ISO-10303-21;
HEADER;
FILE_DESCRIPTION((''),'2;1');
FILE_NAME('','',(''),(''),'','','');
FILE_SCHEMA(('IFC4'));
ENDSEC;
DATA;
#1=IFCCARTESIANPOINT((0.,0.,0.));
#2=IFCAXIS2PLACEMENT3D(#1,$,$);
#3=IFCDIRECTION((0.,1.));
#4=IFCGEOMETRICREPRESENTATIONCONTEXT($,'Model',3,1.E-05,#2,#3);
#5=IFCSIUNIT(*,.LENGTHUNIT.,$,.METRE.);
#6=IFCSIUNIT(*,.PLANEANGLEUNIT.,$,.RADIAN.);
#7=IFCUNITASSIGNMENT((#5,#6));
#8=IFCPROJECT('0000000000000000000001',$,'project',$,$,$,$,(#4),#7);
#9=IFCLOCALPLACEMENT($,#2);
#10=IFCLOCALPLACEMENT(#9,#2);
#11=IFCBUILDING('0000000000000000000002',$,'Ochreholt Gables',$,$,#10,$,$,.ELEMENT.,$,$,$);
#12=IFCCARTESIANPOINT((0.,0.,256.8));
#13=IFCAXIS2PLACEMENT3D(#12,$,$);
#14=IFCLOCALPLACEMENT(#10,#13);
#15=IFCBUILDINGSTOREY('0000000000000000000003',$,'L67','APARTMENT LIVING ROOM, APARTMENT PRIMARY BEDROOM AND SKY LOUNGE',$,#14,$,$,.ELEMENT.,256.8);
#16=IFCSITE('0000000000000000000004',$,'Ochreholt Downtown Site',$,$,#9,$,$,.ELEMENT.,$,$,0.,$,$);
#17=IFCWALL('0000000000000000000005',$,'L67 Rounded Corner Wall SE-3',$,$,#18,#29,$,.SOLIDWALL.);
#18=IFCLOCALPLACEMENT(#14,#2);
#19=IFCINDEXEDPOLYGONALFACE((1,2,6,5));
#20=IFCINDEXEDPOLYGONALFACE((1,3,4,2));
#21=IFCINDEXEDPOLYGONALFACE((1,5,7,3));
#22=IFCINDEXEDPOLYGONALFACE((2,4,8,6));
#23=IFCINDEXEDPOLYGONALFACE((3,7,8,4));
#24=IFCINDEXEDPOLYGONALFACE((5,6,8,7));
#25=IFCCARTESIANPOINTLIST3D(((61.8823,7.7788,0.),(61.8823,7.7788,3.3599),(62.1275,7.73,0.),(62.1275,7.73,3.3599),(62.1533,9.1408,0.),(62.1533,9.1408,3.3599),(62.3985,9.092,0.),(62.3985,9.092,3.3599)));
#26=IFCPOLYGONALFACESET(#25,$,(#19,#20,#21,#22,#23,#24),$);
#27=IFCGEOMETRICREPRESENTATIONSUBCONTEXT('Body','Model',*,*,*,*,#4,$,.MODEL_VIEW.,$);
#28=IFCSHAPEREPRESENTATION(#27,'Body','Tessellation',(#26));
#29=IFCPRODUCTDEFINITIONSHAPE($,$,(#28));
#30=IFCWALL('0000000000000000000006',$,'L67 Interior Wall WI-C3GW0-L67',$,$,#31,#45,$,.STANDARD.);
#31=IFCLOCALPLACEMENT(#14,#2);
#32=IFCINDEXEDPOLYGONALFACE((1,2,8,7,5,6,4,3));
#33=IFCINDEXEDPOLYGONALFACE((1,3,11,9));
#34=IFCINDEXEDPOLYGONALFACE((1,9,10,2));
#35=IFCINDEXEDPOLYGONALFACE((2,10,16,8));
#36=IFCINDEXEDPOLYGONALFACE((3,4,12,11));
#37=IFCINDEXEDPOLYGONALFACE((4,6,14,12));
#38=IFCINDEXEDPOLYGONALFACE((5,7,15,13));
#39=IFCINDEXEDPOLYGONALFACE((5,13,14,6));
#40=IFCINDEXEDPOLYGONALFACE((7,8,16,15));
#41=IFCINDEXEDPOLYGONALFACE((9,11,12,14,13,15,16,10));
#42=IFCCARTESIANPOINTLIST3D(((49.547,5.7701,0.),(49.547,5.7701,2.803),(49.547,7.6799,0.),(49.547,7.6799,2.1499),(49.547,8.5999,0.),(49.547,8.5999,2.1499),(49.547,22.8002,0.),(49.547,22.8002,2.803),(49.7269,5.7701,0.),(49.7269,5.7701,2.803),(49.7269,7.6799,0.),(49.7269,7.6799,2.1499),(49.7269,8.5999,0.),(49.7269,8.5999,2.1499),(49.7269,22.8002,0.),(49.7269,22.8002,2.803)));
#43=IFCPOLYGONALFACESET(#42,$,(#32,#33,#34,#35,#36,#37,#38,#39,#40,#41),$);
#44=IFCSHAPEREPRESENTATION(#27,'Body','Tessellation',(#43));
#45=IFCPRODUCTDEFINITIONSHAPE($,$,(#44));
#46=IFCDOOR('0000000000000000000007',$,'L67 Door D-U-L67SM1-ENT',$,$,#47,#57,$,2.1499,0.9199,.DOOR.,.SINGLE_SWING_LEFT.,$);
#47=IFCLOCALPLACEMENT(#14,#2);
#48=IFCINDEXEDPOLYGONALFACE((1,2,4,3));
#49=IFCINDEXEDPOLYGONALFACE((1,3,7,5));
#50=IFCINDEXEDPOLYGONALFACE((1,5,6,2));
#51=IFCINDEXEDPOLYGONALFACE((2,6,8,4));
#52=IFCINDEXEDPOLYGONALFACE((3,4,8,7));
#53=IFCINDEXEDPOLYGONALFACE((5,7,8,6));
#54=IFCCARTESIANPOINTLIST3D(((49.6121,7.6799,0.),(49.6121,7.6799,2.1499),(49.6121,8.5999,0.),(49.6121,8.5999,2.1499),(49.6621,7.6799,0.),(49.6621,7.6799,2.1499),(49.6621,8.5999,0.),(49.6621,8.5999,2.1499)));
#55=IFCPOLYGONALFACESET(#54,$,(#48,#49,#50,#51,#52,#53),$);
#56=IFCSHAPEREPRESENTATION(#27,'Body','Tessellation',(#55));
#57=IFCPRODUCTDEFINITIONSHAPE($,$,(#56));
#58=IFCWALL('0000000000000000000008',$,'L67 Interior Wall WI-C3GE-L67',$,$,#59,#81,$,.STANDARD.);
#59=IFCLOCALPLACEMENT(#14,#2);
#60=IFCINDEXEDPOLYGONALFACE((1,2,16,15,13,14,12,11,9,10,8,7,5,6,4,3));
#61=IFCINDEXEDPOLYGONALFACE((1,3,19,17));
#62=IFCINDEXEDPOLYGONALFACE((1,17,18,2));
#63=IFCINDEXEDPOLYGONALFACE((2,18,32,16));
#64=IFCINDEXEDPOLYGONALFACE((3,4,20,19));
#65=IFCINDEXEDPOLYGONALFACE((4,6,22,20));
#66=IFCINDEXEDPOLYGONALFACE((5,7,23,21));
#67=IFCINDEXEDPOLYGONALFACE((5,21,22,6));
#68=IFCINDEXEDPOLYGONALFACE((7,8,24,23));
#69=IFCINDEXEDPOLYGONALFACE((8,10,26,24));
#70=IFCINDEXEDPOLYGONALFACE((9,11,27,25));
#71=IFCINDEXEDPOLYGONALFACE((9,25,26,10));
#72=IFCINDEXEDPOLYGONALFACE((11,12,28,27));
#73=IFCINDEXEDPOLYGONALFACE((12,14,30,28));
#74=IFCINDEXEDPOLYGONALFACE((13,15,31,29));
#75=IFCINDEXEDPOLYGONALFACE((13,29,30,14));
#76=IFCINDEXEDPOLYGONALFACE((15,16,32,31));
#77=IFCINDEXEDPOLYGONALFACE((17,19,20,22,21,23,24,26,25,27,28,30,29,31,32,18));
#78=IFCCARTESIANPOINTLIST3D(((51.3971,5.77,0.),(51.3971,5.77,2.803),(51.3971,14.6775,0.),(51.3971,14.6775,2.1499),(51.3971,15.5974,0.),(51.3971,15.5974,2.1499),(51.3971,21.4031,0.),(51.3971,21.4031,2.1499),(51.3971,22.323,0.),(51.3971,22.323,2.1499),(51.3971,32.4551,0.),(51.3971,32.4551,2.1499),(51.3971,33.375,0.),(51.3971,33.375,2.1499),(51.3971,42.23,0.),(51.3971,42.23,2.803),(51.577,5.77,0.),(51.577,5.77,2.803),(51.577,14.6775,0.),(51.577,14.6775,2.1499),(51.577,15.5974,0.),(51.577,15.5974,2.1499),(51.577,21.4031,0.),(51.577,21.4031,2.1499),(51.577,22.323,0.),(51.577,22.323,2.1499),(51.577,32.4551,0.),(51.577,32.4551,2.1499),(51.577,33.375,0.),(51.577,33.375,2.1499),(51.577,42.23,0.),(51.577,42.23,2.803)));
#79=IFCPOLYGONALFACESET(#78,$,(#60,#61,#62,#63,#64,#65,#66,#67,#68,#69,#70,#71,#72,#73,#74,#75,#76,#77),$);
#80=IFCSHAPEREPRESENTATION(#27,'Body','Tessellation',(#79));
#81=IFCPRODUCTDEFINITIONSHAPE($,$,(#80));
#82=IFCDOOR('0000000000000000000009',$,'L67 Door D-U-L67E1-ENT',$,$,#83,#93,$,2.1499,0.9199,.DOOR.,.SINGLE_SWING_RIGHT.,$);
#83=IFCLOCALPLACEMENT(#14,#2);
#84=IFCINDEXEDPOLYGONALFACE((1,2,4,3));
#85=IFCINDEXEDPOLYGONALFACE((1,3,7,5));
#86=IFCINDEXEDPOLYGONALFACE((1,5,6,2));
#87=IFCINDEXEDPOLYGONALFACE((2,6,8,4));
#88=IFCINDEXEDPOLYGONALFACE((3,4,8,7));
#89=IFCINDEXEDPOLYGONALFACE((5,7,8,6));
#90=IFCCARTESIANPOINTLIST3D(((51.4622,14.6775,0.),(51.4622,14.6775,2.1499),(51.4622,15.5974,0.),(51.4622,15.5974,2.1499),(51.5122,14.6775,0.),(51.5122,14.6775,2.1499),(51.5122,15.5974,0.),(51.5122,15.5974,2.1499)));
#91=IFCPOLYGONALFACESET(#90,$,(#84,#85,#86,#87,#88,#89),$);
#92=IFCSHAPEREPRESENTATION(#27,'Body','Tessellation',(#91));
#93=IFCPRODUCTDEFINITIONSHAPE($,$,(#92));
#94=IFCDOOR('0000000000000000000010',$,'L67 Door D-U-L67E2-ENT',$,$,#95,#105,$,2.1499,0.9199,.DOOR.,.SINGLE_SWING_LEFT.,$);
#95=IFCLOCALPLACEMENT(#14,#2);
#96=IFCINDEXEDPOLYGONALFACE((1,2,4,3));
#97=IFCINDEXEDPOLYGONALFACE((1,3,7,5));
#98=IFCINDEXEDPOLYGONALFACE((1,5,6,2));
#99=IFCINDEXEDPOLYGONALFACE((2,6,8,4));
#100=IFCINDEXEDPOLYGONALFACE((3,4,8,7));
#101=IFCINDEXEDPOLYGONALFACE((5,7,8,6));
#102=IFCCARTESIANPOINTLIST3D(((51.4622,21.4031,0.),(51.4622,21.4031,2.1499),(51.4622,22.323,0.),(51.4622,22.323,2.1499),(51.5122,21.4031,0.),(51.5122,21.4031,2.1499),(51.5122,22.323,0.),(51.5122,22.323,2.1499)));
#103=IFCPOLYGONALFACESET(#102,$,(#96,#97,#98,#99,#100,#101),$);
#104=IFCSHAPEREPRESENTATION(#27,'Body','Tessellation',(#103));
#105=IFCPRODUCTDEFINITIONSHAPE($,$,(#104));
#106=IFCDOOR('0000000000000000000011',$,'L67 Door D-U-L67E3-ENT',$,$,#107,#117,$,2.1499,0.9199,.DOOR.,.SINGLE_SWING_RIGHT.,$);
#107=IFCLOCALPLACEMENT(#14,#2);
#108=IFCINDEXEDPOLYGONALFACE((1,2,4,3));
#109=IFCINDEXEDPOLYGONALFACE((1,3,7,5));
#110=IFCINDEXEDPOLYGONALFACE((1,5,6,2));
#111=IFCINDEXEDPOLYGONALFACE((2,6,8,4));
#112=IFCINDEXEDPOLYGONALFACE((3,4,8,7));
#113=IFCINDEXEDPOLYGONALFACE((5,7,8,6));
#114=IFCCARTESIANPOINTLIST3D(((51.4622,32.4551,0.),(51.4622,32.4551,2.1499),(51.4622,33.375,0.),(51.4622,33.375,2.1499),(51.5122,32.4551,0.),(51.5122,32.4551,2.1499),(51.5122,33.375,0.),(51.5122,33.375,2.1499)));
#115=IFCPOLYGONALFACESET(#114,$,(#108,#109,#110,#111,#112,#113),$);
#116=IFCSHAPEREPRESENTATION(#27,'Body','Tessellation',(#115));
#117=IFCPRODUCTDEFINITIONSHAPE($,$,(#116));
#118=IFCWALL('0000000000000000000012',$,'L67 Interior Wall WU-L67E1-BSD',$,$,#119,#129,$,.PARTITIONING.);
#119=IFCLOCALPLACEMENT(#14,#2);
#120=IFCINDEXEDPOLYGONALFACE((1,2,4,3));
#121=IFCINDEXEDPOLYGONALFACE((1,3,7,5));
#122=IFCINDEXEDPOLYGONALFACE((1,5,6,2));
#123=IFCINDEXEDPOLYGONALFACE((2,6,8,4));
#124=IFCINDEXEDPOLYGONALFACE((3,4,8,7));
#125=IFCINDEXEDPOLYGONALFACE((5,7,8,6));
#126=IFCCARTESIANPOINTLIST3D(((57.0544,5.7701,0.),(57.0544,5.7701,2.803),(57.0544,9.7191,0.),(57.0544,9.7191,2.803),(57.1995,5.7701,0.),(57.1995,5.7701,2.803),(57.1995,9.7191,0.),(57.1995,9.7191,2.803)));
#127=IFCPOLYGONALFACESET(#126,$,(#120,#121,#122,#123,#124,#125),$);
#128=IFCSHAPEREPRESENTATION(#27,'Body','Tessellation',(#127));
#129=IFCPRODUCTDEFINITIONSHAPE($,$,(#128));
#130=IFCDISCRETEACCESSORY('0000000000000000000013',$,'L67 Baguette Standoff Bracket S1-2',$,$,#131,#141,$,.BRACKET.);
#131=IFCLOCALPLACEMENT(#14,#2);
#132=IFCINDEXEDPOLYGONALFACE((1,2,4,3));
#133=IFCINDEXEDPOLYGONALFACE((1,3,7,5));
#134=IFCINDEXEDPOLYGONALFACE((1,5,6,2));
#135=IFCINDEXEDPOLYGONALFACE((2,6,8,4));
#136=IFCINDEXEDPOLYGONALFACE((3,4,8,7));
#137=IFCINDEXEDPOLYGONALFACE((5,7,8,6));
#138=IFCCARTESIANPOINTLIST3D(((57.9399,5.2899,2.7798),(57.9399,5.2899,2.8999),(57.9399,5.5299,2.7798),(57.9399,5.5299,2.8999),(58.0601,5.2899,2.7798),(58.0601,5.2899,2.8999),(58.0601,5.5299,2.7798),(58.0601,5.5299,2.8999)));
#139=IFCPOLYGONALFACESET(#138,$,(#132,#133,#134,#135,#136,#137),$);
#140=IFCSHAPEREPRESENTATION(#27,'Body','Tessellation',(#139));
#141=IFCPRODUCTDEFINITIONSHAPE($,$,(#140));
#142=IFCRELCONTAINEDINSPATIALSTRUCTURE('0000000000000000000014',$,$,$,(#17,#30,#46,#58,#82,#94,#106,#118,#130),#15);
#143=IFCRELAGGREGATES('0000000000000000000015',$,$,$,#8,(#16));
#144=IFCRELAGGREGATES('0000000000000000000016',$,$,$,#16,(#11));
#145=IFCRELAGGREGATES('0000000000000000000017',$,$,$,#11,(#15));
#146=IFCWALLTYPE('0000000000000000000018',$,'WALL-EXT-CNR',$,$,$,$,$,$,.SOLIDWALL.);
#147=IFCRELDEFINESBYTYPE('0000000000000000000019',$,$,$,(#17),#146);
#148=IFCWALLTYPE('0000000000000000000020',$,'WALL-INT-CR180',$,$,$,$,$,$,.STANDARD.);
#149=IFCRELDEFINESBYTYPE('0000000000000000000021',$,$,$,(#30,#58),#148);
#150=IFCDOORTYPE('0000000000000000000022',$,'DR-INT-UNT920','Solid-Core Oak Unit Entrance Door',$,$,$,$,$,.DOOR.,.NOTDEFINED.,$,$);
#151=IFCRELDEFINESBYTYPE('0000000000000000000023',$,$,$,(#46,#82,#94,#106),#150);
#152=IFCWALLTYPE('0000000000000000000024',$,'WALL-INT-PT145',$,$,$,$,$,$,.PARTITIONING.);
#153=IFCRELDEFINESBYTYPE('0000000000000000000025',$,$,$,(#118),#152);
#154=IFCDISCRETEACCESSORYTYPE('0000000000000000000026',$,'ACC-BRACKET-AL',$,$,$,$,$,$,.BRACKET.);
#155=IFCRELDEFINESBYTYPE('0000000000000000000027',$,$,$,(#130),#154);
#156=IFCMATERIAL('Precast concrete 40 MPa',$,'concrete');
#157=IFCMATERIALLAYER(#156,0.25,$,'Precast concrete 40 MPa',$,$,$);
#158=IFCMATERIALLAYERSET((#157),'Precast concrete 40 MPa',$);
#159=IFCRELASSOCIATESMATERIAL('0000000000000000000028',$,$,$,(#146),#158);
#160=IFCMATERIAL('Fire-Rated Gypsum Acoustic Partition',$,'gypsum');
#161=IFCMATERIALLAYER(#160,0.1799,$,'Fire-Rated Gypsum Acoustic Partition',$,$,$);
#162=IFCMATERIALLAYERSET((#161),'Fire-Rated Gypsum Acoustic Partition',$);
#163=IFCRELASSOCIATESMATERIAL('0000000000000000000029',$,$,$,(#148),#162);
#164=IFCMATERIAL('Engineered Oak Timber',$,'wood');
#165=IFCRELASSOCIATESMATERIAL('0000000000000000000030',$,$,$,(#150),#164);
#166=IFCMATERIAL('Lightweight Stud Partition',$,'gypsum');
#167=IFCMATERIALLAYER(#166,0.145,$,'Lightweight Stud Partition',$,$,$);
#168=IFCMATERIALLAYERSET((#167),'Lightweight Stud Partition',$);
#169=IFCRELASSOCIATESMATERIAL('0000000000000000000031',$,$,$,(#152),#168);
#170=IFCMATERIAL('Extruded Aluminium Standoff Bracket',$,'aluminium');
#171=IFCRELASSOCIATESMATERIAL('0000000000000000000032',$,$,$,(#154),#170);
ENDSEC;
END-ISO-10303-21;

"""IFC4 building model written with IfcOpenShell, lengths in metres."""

from ifc_helpers import new_model, si_unit, direction, frame, frame_2d, origin, origin_2d, place, context, subcontext, project, spatial, rectangle, extrude, material, layer, layer_set, type_object, element, fill, save


model = new_model("IFC4")

# Units and contexts
model_context = context("Model", 3, precision=1e-05, world=origin(), true_north=direction((0.0, 1.0)))
body_context = subcontext(model_context, "Body", "Model", "MODEL_VIEW")
ifc_project = project(units=[si_unit("LENGTHUNIT", "METRE"), si_unit("PLANEANGLEUNIT", "RADIAN")], contexts=[model_context])

# Site, building, storey
site_placement = place(None, origin())
site = spatial("IfcSite", under=ifc_project, at=site_placement, Name="Ochreholt Downtown Site", CompositionType="ELEMENT", RefElevation=0.0)
building_placement = place(site_placement, origin())
building = spatial("IfcBuilding", under=site, at=building_placement, Name="Ochreholt Gables", CompositionType="ELEMENT")
storey_placement = place(building_placement, frame((0.0, 0.0, 256.8)))
storey = spatial("IfcBuildingStorey", under=building, at=storey_placement, Name="L67", Description="APARTMENT LIVING ROOM, APARTMENT PRIMARY BEDROOM AND SKY LOUNGE", CompositionType="ELEMENT", Elevation=256.8)

# Shared definitions
ifc_material_1 = material(Name="Precast concrete 40 MPa", Category="concrete")

# Shared definitions
ifc_layer_1 = layer(ifc_material_1, 0.25, Name="Precast concrete 40 MPa")
ifc_layer_set_1 = layer_set([ifc_layer_1], Name="Precast concrete 40 MPa")
wall_type_1 = type_object("IfcWallType", Name="WALL-EXT-CNR", PredefinedType="SOLIDWALL", material=ifc_layer_set_1)

# Wall
wall_1_placement = place(storey_placement, frame((62.0049, 7.7544, 0.0), z_axis=(0.0, 0.0, 1.0), x_axis=(0.195136, 0.980776, 0.0)))
element("IfcWall", 1, at=wall_1_placement, inside=storey, type_object=wall_type_1, Name="L67 Rounded Corner Wall SE-3", PredefinedType="SOLIDWALL", context=body_context, shape_type="SweptSolid", body=[
    extrude(rectangle(XDim=1.3887, YDim=0.25, at=frame_2d((0.6943, 0.0))), origin(), (0.0, 0.0, 1.0), 3.3599),
])

# Wall, opening, door
ifc_material_2 = material(Name="Fire-Rated Gypsum Acoustic Partition", Category="gypsum")
ifc_layer_2 = layer(ifc_material_2, 0.1799, Name="Fire-Rated Gypsum Acoustic Partition")
ifc_layer_set_2 = layer_set([ifc_layer_2], Name="Fire-Rated Gypsum Acoustic Partition")
wall_type_2 = type_object("IfcWallType", Name="WALL-INT-CR180", PredefinedType="STANDARD", material=ifc_layer_set_2)
wall_2_placement = place(storey_placement, frame((49.637, 5.77, 0.0), z_axis=(0.0, 0.0, 1.0), x_axis=(0.0, 1.0, 0.0)))
wall_2 = element("IfcWall", 2, at=wall_2_placement, inside=storey, type_object=wall_type_2, Name="L67 Interior Wall WI-C3GW0-L67", PredefinedType="STANDARD", context=body_context, shape_type="SweptSolid", body=[
    extrude(rectangle(XDim=17.03, YDim=0.1799, at=frame_2d((8.5151, 0.0))), origin(), (0.0, 0.0, 1.0), 2.803),
])
opening_1_placement = place(wall_2_placement, frame((1.9099, 0.0, 0.0)))
opening_1 = element("IfcOpeningElement", 3, at=opening_1_placement, cuts=wall_2, PredefinedType="OPENING", context=body_context, shape_type="SweptSolid", body=[
    extrude(rectangle(XDim=0.9199, YDim=2.1499, at=frame_2d((0.46, 1.075))), frame((0.0, 0.0999, 0.0), z_axis=(0.0, -1.0, 0.0), x_axis=(1.0, 0.0, 0.0)), (0.0, 0.0, 1.0), 0.2),
])
ifc_material_3 = material(Name="Engineered Oak Timber", Category="wood")
door_type_1 = type_object("IfcDoorType", Name="DR-INT-UNT920", Description="Solid-Core Oak Unit Entrance Door", OperationType="NOTDEFINED", PredefinedType="DOOR", material=ifc_material_3)
door_1_placement = place(opening_1_placement, origin())
door_1 = element("IfcDoor", 4, at=door_1_placement, inside=storey, type_object=door_type_1, Name="L67 Door D-U-L67SM1-ENT", OperationType="SINGLE_SWING_LEFT", OverallHeight=2.1499, OverallWidth=0.9199, PredefinedType="DOOR", context=body_context, shape_type="SweptSolid", body=[
    extrude(rectangle(XDim=0.9199, YDim=2.1499, at=frame_2d((0.46, 1.075))), frame((0.0, 0.0249, 0.0), z_axis=(0.0, -1.0, 0.0), x_axis=(1.0, 0.0, 0.0)), (0.0, 0.0, 1.0), 0.05),
])
fill(opening_1, door_1)

# Wall, openings, doors
wall_3_placement = place(storey_placement, frame((51.4871, 5.77, 0.0), z_axis=(0.0, 0.0, 1.0), x_axis=(0.0, 1.0, 0.0)))
wall_3 = element("IfcWall", 5, at=wall_3_placement, inside=storey, type_object=wall_type_2, Name="L67 Interior Wall WI-C3GE-L67", PredefinedType="STANDARD", context=body_context, shape_type="SweptSolid", body=[
    extrude(rectangle(XDim=36.46, YDim=0.1799, at=frame_2d((18.23, 0.0))), origin(), (0.0, 0.0, 1.0), 2.803),
])
opening_2_placement = place(wall_3_placement, frame((8.9075, 0.0, 0.0)))
opening_2 = element("IfcOpeningElement", 6, at=opening_2_placement, cuts=wall_3, PredefinedType="OPENING", context=body_context, shape_type="SweptSolid", body=[
    extrude(rectangle(XDim=0.9199, YDim=2.1499, at=frame_2d((0.46, 1.075))), frame((0.0, 0.0999, 0.0), z_axis=(0.0, -1.0, 0.0), x_axis=(1.0, 0.0, 0.0)), (0.0, 0.0, 1.0), 0.2),
])
opening_3_placement = place(wall_3_placement, frame((15.6331, 0.0, 0.0)))
opening_3 = element("IfcOpeningElement", 7, at=opening_3_placement, cuts=wall_3, PredefinedType="OPENING", context=body_context, shape_type="SweptSolid", body=[
    extrude(rectangle(XDim=0.9199, YDim=2.1499, at=frame_2d((0.46, 1.075))), frame((0.0, 0.0999, 0.0), z_axis=(0.0, -1.0, 0.0), x_axis=(1.0, 0.0, 0.0)), (0.0, 0.0, 1.0), 0.2),
])
opening_4_placement = place(wall_3_placement, frame((26.6851, 0.0, 0.0)))
opening_4 = element("IfcOpeningElement", 8, at=opening_4_placement, cuts=wall_3, PredefinedType="OPENING", context=body_context, shape_type="SweptSolid", body=[
    extrude(rectangle(XDim=0.9199, YDim=2.1499, at=frame_2d((0.46, 1.075))), frame((0.0, 0.0999, 0.0), z_axis=(0.0, -1.0, 0.0), x_axis=(1.0, 0.0, 0.0)), (0.0, 0.0, 1.0), 0.2),
])
door_2_placement = place(opening_2_placement, origin())
door_2 = element("IfcDoor", 9, at=door_2_placement, inside=storey, type_object=door_type_1, Name="L67 Door D-U-L67E1-ENT", OperationType="SINGLE_SWING_RIGHT", OverallHeight=2.1499, OverallWidth=0.9199, PredefinedType="DOOR", context=body_context, shape_type="SweptSolid", body=[
    extrude(rectangle(XDim=0.9199, YDim=2.1499, at=frame_2d((0.46, 1.075))), frame((0.0, 0.0249, 0.0), z_axis=(0.0, -1.0, 0.0), x_axis=(1.0, 0.0, 0.0)), (0.0, 0.0, 1.0), 0.05),
])
fill(opening_2, door_2)
door_3_placement = place(opening_3_placement, origin())
door_3 = element("IfcDoor", 10, at=door_3_placement, inside=storey, type_object=door_type_1, Name="L67 Door D-U-L67E2-ENT", OperationType="SINGLE_SWING_LEFT", OverallHeight=2.1499, OverallWidth=0.9199, PredefinedType="DOOR", context=body_context, shape_type="SweptSolid", body=[
    extrude(rectangle(XDim=0.9199, YDim=2.1499, at=frame_2d((0.46, 1.075))), frame((0.0, 0.0249, 0.0), z_axis=(0.0, -1.0, 0.0), x_axis=(1.0, 0.0, 0.0)), (0.0, 0.0, 1.0), 0.05),
])
fill(opening_3, door_3)
door_4_placement = place(opening_4_placement, origin())
door_4 = element("IfcDoor", 11, at=door_4_placement, inside=storey, type_object=door_type_1, Name="L67 Door D-U-L67E3-ENT", OperationType="SINGLE_SWING_RIGHT", OverallHeight=2.1499, OverallWidth=0.9199, PredefinedType="DOOR", context=body_context, shape_type="SweptSolid", body=[
    extrude(rectangle(XDim=0.9199, YDim=2.1499, at=frame_2d((0.46, 1.075))), frame((0.0, 0.0249, 0.0), z_axis=(0.0, -1.0, 0.0), x_axis=(1.0, 0.0, 0.0)), (0.0, 0.0, 1.0), 0.05),
])
fill(opening_4, door_4)

# Wall
ifc_material_4 = material(Name="Lightweight Stud Partition", Category="gypsum")
ifc_layer_3 = layer(ifc_material_4, 0.145, Name="Lightweight Stud Partition")
ifc_layer_set_3 = layer_set([ifc_layer_3], Name="Lightweight Stud Partition")
wall_type_3 = type_object("IfcWallType", Name="WALL-INT-PT145", PredefinedType="PARTITIONING", material=ifc_layer_set_3)
wall_4_placement = place(storey_placement, frame((57.127, 5.77, 0.0), z_axis=(0.0, 0.0, 1.0), x_axis=(0.0, 1.0, 0.0)))
element("IfcWall", 12, at=wall_4_placement, inside=storey, type_object=wall_type_3, Name="L67 Interior Wall WU-L67E1-BSD", PredefinedType="PARTITIONING", context=body_context, shape_type="SweptSolid", body=[
    extrude(rectangle(XDim=3.949, YDim=0.145, at=frame_2d((1.9746, 0.0))), origin(), (0.0, 0.0, 1.0), 2.803),
])

# Discrete accessory
ifc_material_5 = material(Name="Extruded Aluminium Standoff Bracket", Category="aluminium")
discrete_accessory_type = type_object("IfcDiscreteAccessoryType", Name="ACC-BRACKET-AL", PredefinedType="BRACKET", material=ifc_material_5)
discrete_accessory_placement = place(storey_placement, frame((58.0, 5.4099, 2.7798), z_axis=(0.0, 0.0, 1.0), x_axis=(1.0, 0.0, 0.0)))
element("IfcDiscreteAccessory", 13, at=discrete_accessory_placement, inside=storey, type_object=discrete_accessory_type, Name="L67 Baguette Standoff Bracket S1-2", PredefinedType="BRACKET", context=body_context, shape_type="SweptSolid", body=[
    extrude(rectangle(XDim=0.1201, YDim=0.24, at=origin_2d()), origin(), (0.0, 0.0, 1.0), 0.1201),
])

save(model, "model.ifc")
